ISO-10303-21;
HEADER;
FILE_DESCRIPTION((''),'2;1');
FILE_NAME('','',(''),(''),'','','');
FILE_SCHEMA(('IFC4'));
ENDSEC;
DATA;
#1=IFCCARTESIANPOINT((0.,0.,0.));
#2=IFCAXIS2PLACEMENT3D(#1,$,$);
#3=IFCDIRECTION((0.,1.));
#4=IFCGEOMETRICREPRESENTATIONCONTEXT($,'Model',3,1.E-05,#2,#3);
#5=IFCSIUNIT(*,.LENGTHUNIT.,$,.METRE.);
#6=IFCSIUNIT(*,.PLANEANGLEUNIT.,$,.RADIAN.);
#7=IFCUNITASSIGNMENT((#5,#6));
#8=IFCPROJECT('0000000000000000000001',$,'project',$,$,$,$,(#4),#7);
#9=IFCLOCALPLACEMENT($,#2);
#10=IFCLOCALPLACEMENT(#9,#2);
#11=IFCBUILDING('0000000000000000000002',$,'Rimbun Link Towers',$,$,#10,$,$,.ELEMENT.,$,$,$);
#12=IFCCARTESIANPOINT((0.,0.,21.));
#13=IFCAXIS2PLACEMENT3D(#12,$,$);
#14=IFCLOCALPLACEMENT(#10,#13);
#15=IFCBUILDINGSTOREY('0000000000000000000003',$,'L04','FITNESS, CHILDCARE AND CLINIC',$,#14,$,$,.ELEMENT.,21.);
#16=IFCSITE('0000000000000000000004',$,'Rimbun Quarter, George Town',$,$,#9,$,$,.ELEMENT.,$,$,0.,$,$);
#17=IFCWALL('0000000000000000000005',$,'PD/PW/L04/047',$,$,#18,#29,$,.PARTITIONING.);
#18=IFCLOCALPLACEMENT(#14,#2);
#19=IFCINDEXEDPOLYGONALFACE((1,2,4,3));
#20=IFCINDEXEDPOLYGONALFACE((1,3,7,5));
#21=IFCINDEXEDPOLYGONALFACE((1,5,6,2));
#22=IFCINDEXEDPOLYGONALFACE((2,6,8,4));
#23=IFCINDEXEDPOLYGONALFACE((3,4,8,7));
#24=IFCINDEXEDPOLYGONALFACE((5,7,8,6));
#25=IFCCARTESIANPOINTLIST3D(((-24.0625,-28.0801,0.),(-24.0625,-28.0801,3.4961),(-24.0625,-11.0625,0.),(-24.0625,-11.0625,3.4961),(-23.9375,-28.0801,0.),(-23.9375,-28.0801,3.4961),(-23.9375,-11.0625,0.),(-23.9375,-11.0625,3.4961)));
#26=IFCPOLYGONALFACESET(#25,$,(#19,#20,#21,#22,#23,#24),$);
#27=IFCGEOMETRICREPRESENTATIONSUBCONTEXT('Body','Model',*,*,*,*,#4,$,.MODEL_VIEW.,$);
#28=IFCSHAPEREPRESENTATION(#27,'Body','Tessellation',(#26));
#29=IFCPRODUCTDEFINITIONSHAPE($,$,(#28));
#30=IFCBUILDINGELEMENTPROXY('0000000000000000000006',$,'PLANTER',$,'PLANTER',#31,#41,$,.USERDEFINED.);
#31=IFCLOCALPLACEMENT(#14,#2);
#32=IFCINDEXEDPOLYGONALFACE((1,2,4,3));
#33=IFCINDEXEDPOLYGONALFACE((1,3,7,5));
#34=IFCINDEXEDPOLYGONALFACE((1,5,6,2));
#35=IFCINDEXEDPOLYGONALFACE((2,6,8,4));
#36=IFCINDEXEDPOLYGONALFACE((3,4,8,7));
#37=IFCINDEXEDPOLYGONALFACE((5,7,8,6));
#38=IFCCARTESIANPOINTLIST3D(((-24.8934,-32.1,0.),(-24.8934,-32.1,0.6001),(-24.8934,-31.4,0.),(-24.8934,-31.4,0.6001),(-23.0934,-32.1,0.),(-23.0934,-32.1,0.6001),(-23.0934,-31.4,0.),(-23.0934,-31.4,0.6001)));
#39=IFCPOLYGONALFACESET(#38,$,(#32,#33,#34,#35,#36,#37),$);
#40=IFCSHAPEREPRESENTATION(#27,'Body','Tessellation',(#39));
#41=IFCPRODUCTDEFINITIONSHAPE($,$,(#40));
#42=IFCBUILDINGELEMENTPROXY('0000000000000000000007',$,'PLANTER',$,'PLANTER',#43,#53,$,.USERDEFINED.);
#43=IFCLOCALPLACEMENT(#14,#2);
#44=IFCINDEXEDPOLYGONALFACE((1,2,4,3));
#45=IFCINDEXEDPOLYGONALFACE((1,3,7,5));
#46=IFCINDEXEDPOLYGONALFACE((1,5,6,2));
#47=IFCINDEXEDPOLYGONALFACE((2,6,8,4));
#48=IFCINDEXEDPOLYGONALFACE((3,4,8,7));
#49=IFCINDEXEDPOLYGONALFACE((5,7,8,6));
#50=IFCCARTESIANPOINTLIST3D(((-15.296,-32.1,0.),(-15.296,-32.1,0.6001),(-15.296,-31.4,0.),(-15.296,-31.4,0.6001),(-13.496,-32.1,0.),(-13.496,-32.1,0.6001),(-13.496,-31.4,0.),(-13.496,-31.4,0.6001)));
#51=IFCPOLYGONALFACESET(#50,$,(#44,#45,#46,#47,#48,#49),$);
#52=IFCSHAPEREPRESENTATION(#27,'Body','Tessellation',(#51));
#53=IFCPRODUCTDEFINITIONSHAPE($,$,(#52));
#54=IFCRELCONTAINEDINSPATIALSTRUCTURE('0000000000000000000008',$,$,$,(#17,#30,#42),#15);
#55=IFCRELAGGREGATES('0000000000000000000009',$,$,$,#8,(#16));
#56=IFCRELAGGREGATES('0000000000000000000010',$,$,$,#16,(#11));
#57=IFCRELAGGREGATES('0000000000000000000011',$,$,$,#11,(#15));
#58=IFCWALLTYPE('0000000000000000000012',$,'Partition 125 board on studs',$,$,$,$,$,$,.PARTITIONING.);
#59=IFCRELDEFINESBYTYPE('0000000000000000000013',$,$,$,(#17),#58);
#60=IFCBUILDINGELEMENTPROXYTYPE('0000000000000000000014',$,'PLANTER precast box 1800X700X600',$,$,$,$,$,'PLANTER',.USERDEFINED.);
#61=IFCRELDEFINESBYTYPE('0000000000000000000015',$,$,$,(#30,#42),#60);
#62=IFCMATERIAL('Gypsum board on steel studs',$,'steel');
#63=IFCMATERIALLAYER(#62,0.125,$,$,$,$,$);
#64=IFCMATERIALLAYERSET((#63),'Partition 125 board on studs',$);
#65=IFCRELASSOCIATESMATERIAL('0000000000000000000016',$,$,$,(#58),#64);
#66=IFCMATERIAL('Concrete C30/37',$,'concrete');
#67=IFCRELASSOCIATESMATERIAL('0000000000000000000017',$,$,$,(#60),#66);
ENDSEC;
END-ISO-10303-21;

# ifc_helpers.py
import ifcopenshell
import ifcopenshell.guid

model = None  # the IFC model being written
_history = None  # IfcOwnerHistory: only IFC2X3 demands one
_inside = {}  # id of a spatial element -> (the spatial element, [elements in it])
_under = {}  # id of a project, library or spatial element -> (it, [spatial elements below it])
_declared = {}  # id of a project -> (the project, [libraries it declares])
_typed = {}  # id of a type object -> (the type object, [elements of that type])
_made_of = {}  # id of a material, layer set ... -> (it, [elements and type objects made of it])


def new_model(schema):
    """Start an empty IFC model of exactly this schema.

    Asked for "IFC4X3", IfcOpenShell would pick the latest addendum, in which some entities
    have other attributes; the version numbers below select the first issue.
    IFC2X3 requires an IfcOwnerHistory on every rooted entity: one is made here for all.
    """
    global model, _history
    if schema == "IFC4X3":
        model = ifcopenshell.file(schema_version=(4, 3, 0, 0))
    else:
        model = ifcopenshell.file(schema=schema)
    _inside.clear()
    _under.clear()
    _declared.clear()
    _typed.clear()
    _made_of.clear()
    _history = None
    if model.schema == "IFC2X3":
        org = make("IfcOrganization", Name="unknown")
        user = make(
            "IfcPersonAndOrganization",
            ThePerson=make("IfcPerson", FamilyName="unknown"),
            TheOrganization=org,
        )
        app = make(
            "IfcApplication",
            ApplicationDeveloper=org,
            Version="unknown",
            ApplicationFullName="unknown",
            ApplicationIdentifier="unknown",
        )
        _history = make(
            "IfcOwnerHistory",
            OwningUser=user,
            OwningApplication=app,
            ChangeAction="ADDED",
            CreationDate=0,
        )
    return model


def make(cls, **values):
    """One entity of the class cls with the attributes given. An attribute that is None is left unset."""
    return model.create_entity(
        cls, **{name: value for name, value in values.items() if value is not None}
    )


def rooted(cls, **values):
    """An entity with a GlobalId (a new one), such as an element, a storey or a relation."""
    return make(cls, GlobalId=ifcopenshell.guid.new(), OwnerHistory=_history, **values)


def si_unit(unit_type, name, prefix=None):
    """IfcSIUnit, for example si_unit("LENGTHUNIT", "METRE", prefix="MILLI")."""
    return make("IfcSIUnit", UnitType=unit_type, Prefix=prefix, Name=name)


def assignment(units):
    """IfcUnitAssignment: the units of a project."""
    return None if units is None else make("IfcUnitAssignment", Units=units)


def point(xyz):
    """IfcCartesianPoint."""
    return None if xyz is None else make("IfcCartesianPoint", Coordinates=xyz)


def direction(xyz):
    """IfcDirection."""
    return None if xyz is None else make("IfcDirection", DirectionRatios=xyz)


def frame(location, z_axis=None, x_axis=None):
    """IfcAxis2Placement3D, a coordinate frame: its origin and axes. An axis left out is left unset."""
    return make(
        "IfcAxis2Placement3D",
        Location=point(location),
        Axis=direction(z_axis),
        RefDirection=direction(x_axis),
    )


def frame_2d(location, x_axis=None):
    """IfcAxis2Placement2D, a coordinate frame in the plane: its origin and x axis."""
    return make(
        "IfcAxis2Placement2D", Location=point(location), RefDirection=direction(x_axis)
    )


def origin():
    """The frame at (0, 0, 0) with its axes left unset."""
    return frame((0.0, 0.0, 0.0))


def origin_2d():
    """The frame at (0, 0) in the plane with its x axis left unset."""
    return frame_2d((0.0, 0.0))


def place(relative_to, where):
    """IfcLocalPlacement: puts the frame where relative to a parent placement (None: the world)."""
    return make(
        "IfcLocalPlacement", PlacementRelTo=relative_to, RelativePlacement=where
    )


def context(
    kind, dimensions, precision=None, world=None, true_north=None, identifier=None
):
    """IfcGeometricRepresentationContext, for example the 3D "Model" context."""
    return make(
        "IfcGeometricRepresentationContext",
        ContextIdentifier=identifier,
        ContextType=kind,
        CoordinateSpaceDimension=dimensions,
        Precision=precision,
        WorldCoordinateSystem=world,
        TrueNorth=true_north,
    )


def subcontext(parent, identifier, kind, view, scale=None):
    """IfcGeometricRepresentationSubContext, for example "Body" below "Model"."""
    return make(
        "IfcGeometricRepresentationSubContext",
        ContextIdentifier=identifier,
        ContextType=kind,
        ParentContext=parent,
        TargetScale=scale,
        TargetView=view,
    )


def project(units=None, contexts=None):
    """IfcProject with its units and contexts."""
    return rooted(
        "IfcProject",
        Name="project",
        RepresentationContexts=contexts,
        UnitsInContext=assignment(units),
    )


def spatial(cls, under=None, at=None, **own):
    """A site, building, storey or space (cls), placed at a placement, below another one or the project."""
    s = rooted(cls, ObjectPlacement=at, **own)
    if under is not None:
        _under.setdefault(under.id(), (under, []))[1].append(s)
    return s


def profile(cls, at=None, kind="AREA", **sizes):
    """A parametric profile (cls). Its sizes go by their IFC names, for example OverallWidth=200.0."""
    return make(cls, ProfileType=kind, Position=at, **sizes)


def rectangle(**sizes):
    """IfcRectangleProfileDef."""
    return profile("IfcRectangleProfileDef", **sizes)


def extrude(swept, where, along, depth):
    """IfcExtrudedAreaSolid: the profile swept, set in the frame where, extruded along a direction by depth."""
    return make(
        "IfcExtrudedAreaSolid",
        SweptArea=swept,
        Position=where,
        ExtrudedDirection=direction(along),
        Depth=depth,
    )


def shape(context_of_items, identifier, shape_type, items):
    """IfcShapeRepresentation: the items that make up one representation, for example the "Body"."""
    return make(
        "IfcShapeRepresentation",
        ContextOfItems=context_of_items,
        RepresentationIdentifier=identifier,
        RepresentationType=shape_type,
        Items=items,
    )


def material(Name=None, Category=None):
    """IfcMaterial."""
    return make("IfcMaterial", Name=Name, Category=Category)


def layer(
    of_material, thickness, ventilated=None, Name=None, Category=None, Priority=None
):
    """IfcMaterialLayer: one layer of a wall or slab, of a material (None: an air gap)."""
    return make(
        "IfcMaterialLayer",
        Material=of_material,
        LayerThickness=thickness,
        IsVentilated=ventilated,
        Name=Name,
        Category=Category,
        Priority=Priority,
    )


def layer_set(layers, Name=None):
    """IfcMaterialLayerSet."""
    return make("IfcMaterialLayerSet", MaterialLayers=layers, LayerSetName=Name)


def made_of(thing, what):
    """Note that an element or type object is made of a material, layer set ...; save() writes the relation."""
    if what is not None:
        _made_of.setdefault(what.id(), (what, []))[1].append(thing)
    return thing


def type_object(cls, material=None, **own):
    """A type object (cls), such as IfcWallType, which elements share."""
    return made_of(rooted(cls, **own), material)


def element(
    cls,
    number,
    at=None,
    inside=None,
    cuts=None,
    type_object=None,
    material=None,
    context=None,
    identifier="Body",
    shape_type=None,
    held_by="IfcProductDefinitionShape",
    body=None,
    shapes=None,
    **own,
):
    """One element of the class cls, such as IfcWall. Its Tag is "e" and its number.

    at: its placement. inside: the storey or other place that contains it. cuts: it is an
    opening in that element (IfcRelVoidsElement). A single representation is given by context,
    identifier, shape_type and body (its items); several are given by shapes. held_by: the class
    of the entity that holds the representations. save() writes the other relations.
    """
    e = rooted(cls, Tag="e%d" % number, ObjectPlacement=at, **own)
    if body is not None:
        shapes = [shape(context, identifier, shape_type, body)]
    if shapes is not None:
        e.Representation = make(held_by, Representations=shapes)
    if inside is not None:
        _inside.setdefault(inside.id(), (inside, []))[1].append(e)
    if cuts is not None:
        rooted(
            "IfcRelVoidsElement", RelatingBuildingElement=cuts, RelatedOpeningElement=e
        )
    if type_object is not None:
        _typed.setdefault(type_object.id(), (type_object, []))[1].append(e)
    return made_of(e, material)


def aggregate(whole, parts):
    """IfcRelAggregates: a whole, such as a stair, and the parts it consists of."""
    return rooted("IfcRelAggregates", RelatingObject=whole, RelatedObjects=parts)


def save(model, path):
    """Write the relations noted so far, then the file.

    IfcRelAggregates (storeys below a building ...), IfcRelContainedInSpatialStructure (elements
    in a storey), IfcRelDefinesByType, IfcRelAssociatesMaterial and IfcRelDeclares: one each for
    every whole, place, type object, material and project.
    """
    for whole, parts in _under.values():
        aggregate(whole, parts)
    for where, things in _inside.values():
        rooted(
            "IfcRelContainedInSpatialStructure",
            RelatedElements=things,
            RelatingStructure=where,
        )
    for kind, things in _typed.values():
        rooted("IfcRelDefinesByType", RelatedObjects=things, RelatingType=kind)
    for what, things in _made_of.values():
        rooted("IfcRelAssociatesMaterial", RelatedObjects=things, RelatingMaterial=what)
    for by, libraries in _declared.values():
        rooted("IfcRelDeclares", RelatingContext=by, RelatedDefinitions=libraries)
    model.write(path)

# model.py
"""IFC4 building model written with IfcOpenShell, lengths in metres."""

from ifc_helpers import new_model, si_unit, direction, frame, frame_2d, origin, origin_2d, place, context, subcontext, project, spatial, rectangle, extrude, material, layer, layer_set, type_object, element, save


model = new_model("IFC4")

# Units and contexts
model_context = context("Model", 3, precision=1e-05, world=origin(), true_north=direction((0.0, 1.0)))
body_context = subcontext(model_context, "Body", "Model", "MODEL_VIEW")
ifc_project = project(units=[si_unit("LENGTHUNIT", "METRE"), si_unit("PLANEANGLEUNIT", "RADIAN")], contexts=[model_context])

# Site, building, storey
site_placement = place(None, origin())
site = spatial("IfcSite", under=ifc_project, at=site_placement, Name="Rimbun Quarter, George Town", CompositionType="ELEMENT", RefElevation=0.0)
building_placement = place(site_placement, origin())
building = spatial("IfcBuilding", under=site, at=building_placement, Name="Rimbun Link Towers", CompositionType="ELEMENT")
storey_placement = place(building_placement, frame((0.0, 0.0, 21.0)))
storey = spatial("IfcBuildingStorey", under=building, at=storey_placement, Name="L04", Description="FITNESS, CHILDCARE AND CLINIC", CompositionType="ELEMENT", Elevation=21.0)

# Wall
ifc_material_1 = material(Name="Gypsum board on steel studs", Category="steel")
ifc_layer_1 = layer(ifc_material_1, 0.125)
ifc_layer_set_1 = layer_set([ifc_layer_1], Name="Partition 125 board on studs")
wall_type_1 = type_object("IfcWallType", Name="Partition 125 board on studs", PredefinedType="PARTITIONING", material=ifc_layer_set_1)
wall_1_placement = place(storey_placement, frame((-24.0, -28.0801, 0.0), z_axis=(0.0, 0.0, 1.0), x_axis=(0.0, 1.0, 0.0)))
element("IfcWall", 1, at=wall_1_placement, inside=storey, type_object=wall_type_1, Name="PD/PW/L04/047", PredefinedType="PARTITIONING", context=body_context, shape_type="SweptSolid", body=[
    extrude(rectangle(XDim=17.0176, YDim=0.125, at=frame_2d((8.5088, 0.0))), origin(), (0.0, 0.0, 1.0), 3.4961),
])

# Building element proxies
ifc_material_2 = material(Name="Concrete C30/37", Category="concrete")
building_element_proxy_type = type_object("IfcBuildingElementProxyType", Name="PLANTER precast box 1800X700X600", ElementType="PLANTER", PredefinedType="USERDEFINED", material=ifc_material_2)
for number, where, z_axis, x_axis, name in (
    (2, (-23.9934, -31.75, 0.0), (0.0, 0.0, 1.0), (1.0, 0.0, 0.0), "PLANTER"),
    (3, (-14.396, -31.75, 0.0), (0.0, 0.0, 1.0), (1.0, 0.0, 0.0), "PLANTER"),
):
    element("IfcBuildingElementProxy", number, at=place(storey_placement, frame(where, z_axis=z_axis, x_axis=x_axis)), inside=storey, type_object=building_element_proxy_type, Name=name, ObjectType="PLANTER", PredefinedType="USERDEFINED", context=body_context, shape_type="SweptSolid", body=[
        extrude(rectangle(XDim=1.8, YDim=0.7, at=origin_2d()), origin(), (0.0, 0.0, 1.0), 0.6001),
    ])

save(model, "model.ifc")
